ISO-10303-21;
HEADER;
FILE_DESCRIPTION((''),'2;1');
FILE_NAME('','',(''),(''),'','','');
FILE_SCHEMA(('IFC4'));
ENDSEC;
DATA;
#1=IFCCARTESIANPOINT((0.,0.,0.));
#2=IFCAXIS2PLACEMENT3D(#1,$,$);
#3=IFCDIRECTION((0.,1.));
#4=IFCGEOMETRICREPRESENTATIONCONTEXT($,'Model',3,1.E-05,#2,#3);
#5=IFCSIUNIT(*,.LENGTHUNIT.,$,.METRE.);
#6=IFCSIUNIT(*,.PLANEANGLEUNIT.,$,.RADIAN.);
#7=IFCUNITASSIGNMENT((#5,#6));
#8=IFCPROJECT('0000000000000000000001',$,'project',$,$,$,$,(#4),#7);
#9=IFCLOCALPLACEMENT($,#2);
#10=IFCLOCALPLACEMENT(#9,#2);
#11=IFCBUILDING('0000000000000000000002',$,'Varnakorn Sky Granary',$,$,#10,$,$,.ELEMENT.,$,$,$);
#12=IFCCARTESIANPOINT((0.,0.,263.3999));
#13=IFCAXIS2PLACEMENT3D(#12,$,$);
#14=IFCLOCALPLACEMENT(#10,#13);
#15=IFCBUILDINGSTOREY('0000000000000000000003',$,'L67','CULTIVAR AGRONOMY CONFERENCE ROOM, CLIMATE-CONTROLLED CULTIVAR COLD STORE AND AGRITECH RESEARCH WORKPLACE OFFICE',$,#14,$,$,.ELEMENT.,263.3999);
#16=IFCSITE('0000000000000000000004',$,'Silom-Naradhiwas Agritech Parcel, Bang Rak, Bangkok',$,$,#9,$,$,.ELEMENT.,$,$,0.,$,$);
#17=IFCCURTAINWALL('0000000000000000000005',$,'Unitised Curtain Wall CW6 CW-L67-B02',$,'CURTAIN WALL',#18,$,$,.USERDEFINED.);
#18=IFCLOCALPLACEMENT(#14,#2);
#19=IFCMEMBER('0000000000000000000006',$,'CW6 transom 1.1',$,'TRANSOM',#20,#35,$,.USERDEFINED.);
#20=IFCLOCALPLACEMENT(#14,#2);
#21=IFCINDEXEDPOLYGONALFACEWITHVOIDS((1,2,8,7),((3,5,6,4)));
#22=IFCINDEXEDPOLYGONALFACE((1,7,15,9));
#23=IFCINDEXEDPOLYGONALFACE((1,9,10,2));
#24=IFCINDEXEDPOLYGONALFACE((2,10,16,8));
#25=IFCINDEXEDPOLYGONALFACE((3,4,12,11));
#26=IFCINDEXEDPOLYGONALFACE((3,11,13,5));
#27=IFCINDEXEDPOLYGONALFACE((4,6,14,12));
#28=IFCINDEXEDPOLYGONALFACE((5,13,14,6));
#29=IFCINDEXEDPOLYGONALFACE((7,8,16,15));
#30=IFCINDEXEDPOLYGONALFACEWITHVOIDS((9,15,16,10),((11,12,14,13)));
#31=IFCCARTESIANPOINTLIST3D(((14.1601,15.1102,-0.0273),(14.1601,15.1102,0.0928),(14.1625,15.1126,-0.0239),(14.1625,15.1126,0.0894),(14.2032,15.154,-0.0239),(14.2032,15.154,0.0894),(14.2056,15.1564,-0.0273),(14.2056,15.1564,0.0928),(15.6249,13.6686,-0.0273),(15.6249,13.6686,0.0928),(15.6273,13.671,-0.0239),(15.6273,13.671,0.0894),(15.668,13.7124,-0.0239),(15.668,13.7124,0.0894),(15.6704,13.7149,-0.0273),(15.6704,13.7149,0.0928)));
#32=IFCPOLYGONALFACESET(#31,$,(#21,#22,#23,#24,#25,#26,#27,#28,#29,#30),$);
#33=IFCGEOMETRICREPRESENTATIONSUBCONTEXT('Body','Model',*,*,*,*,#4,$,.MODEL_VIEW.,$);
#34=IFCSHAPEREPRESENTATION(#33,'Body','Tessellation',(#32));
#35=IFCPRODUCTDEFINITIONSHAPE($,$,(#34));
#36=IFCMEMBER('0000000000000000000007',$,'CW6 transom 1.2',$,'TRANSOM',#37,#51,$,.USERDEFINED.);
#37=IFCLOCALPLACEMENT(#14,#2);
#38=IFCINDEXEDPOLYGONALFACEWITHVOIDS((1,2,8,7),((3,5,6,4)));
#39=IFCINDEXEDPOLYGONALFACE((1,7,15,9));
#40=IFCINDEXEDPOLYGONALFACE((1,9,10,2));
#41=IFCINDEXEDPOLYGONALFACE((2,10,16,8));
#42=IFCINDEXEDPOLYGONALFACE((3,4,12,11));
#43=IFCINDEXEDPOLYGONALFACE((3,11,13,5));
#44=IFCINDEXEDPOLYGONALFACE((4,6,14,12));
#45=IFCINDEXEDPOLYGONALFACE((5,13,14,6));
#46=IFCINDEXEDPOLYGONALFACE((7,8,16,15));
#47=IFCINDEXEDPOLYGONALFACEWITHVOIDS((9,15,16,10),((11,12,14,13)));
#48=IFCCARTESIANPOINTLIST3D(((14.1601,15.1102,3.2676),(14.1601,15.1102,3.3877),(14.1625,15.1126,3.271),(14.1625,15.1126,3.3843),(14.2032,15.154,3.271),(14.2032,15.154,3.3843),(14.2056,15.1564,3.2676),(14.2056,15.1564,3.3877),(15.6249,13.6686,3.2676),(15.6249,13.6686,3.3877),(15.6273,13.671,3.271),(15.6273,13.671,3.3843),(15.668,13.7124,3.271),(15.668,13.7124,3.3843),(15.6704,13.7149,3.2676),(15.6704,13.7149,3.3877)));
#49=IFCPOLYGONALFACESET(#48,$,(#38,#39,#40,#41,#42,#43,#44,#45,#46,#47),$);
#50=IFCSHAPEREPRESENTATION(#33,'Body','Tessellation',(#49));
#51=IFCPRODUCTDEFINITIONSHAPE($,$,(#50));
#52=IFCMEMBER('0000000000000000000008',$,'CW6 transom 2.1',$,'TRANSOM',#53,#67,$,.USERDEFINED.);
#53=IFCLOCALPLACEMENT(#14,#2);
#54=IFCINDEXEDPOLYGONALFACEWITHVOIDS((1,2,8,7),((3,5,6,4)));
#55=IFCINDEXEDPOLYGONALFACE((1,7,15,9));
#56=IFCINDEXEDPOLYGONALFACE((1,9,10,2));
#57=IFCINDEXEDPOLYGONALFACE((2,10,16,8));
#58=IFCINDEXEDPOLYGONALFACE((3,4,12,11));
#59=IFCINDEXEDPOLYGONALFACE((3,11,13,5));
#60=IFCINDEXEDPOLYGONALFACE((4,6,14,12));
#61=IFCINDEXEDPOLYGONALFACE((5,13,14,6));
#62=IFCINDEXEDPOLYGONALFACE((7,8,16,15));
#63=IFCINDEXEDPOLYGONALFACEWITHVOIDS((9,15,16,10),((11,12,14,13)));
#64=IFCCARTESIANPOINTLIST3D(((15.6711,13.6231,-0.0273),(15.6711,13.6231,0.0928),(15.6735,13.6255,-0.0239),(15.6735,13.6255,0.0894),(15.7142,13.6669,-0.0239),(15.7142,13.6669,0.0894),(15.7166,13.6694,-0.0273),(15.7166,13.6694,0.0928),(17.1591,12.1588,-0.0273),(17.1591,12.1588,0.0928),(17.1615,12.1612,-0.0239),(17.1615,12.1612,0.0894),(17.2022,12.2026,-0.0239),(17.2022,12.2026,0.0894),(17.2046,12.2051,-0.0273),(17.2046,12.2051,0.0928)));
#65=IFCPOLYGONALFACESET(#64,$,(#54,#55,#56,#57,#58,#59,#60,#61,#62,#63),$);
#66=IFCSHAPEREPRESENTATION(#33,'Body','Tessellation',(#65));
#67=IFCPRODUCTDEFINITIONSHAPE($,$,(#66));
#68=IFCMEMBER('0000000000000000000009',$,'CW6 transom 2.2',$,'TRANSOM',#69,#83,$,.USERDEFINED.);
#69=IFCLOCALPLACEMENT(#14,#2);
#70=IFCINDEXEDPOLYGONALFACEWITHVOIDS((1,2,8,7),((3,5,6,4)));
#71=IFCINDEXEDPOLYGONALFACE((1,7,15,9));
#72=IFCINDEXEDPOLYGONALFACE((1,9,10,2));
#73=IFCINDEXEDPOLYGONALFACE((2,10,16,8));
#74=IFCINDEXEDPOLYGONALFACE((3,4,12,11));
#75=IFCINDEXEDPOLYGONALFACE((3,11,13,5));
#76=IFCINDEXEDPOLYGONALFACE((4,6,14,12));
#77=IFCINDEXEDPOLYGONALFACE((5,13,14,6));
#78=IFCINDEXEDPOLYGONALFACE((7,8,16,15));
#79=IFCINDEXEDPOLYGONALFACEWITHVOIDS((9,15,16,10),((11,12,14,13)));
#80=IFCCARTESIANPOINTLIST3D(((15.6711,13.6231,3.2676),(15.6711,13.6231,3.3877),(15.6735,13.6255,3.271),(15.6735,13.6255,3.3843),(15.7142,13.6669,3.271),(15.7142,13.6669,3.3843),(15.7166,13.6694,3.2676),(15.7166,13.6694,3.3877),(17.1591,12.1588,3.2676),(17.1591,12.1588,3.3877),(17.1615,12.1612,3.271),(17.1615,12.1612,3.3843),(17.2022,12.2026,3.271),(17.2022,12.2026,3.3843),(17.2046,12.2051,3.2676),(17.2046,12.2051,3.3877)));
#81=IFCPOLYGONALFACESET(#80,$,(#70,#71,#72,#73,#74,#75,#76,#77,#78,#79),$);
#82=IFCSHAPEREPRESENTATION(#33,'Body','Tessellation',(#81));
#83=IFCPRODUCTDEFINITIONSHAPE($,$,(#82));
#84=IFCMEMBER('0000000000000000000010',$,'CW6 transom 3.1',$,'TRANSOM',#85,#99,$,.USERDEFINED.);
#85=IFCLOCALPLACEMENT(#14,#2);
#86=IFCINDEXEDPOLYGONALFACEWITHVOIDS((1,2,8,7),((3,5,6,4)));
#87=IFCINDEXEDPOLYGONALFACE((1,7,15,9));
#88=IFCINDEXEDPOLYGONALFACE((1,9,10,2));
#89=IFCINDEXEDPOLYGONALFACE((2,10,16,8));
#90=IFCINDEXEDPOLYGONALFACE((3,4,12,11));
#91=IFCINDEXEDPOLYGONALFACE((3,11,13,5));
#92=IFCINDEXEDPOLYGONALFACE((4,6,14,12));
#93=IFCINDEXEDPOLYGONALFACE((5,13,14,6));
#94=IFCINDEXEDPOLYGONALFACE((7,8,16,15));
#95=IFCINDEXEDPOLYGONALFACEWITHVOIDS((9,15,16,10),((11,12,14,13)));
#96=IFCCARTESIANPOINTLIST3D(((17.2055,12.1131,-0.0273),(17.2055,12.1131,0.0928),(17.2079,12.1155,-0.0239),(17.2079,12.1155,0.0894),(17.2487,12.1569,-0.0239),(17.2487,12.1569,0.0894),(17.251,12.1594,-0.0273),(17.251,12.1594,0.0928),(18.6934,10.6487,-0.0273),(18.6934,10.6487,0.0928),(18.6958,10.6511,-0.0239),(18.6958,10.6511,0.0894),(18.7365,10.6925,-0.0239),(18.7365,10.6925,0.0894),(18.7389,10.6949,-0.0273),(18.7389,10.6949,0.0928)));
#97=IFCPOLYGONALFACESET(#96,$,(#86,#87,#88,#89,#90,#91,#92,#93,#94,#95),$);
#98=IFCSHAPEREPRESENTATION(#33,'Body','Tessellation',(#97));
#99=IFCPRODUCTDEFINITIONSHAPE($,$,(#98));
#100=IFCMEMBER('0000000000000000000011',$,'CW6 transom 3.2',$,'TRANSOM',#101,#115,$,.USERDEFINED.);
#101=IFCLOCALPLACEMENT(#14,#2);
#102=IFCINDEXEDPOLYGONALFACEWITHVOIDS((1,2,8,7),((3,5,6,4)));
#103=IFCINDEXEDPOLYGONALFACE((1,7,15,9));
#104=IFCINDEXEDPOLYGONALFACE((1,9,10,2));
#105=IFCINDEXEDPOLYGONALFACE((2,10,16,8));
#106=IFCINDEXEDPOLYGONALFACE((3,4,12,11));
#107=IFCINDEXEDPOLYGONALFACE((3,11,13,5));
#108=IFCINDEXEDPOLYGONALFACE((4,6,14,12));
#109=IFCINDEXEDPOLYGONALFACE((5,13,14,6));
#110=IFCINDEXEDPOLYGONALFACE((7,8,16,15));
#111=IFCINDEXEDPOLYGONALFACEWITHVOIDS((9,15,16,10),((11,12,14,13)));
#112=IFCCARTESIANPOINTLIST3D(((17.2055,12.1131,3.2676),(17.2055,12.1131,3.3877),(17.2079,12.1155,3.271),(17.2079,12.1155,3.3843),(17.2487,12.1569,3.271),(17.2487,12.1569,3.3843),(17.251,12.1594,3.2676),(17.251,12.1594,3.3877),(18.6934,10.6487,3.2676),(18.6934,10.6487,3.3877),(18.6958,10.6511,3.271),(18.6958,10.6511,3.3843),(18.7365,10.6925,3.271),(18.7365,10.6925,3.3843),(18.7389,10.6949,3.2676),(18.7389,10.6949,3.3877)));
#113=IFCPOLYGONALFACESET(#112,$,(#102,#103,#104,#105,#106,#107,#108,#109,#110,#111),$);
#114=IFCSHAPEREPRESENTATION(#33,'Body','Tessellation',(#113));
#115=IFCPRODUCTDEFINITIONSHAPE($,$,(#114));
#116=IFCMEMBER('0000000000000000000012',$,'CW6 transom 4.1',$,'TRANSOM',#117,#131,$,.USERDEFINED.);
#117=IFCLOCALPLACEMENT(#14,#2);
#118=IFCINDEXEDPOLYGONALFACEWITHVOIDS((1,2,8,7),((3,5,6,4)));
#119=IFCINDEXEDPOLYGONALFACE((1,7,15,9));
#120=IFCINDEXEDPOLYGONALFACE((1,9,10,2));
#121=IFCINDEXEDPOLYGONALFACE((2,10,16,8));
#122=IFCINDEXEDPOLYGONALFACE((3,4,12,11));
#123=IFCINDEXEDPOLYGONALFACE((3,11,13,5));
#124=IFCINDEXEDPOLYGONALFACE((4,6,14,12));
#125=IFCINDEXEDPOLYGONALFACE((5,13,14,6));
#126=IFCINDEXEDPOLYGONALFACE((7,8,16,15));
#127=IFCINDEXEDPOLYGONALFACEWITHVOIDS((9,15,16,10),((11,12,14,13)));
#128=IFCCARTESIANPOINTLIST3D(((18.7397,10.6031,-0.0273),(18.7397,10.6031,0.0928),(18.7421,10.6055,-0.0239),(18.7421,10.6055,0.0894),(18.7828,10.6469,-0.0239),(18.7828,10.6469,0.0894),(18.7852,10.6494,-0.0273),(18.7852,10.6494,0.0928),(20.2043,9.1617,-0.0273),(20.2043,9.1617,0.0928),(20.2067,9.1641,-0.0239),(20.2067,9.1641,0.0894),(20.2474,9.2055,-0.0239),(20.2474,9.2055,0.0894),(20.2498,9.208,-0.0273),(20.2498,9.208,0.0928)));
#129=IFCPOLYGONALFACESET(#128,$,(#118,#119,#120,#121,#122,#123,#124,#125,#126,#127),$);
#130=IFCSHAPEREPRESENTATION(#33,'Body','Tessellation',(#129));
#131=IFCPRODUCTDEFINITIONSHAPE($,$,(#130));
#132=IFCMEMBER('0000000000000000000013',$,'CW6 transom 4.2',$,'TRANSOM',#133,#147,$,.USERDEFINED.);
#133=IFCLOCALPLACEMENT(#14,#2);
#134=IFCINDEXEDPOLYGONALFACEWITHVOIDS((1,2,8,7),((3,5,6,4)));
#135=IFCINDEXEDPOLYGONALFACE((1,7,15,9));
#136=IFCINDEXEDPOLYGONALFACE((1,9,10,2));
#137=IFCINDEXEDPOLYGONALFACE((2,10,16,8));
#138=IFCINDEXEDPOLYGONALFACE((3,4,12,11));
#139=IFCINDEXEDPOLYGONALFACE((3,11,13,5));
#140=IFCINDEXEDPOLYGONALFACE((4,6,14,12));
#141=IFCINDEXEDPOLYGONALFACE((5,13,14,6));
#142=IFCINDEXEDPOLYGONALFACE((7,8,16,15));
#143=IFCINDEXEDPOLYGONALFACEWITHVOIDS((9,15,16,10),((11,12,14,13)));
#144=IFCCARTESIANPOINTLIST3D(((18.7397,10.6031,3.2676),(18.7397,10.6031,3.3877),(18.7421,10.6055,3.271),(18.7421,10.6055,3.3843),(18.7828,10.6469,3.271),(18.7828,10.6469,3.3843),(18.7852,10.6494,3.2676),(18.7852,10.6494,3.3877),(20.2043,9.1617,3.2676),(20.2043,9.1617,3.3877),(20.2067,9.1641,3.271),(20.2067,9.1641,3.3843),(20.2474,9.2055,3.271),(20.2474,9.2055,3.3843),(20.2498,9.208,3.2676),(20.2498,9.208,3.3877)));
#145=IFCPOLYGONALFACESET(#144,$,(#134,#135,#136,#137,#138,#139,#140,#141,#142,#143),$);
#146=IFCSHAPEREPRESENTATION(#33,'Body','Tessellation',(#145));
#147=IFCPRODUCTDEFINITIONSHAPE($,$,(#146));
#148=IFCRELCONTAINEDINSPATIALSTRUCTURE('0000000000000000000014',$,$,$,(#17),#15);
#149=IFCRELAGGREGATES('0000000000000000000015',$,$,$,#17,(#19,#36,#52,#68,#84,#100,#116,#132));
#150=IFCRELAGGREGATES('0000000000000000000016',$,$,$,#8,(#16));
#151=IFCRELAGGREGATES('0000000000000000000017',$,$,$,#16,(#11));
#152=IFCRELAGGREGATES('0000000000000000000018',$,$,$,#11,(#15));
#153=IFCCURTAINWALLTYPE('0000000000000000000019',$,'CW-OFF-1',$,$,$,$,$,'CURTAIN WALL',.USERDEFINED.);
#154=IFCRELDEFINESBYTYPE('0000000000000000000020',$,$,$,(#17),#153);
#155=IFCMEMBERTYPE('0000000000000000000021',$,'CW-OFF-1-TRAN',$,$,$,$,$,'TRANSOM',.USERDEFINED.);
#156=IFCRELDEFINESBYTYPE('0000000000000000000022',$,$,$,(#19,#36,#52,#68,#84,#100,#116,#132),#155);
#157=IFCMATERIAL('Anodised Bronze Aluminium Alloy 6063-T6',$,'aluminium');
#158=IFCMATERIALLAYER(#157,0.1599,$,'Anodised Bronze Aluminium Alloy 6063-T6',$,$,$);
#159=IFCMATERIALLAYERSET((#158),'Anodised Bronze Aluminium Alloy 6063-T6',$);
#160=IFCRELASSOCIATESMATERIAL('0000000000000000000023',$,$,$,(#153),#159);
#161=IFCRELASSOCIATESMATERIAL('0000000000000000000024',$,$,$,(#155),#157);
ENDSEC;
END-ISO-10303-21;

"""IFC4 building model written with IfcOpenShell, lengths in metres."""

from ifc_helpers import new_model, si_unit, direction, frame, origin, origin_2d, place, context, subcontext, project, spatial, hollow_rectangle, extrude, material, layer, layer_set, material_profile, profile_set, type_object, element, aggregate, save


model = new_model("IFC4")

# Units and contexts
model_context = context("Model", 3, precision=1e-05, world=origin(), true_north=direction((0.0, 1.0)))
body_context = subcontext(model_context, "Body", "Model", "MODEL_VIEW")
ifc_project = project(units=[si_unit("LENGTHUNIT", "METRE"), si_unit("PLANEANGLEUNIT", "RADIAN")], contexts=[model_context])

# Site, building, storey
site_placement = place(None, origin())
site = spatial("IfcSite", under=ifc_project, at=site_placement, Name="Silom-Naradhiwas Agritech Parcel, Bang Rak, Bangkok", CompositionType="ELEMENT", RefElevation=0.0)
building_placement = place(site_placement, origin())
building = spatial("IfcBuilding", under=site, at=building_placement, Name="Varnakorn Sky Granary", CompositionType="ELEMENT")
storey_placement = place(building_placement, frame((0.0, 0.0, 263.3999)))
storey = spatial("IfcBuildingStorey", under=building, at=storey_placement, Name="L67", Description="CULTIVAR AGRONOMY CONFERENCE ROOM, CLIMATE-CONTROLLED CULTIVAR COLD STORE AND AGRITECH RESEARCH WORKPLACE OFFICE", CompositionType="ELEMENT", Elevation=263.3999)

# Curtain wall, members
ifc_material_1 = material(Name="Anodised Bronze Aluminium Alloy 6063-T6", Category="aluminium")
ifc_layer_1 = layer(ifc_material_1, 0.1599, Name="Anodised Bronze Aluminium Alloy 6063-T6")
ifc_layer_set_1 = layer_set([ifc_layer_1], Name="Anodised Bronze Aluminium Alloy 6063-T6")
curtain_wall_type = type_object("IfcCurtainWallType", Name="CW-OFF-1", ElementType="CURTAIN WALL", PredefinedType="USERDEFINED", material=ifc_layer_set_1)
curtain_wall_placement = place(storey_placement, origin())
curtain_wall = element("IfcCurtainWall", 1, at=curtain_wall_placement, inside=storey, type_object=curtain_wall_type, Name="Unitised Curtain Wall CW6 CW-L67-B02", ObjectType="CURTAIN WALL", PredefinedType="USERDEFINED")
ifc_material_profile_1 = material_profile(ifc_material_1, hollow_rectangle(XDim=0.0649, YDim=0.1201, WallThickness=0.0034, at=origin_2d()), Name="ALU TRAN 65x120")
ifc_profile_set_1 = profile_set([ifc_material_profile_1], Name="Anodised Bronze Aluminium Alloy 6063-T6")
member_type_1 = type_object("IfcMemberType", Name="CW-OFF-1-TRAN", ElementType="TRANSOM", PredefinedType="USERDEFINED", material=ifc_profile_set_1)
member_1_placement = place(storey_placement, frame((14.1829, 15.1333, 0.0327), z_axis=(0.712727, -0.701442, 0.0), x_axis=(0.701442, 0.712727, 0.0)))
member_1 = element("IfcMember", 2, at=member_1_placement, type_object=member_type_1, Name="CW6 transom 1.1", ObjectType="TRANSOM", PredefinedType="USERDEFINED", context=body_context, shape_type="SweptSolid", body=[
    extrude(hollow_rectangle(XDim=0.0649, YDim=0.1201, WallThickness=0.0034, at=origin_2d()), origin(), (0.0, 0.0, 1.0), 2.0552),
])
member_2_placement = place(storey_placement, frame((14.1829, 15.1333, 3.3276), z_axis=(0.712727, -0.701442, 0.0), x_axis=(0.701442, 0.712727, 0.0)))
member_2 = element("IfcMember", 3, at=member_2_placement, type_object=member_type_1, Name="CW6 transom 1.2", ObjectType="TRANSOM", PredefinedType="USERDEFINED", context=body_context, shape_type="SweptSolid", body=[
    extrude(hollow_rectangle(XDim=0.0649, YDim=0.1201, WallThickness=0.0034, at=origin_2d()), origin(), (0.0, 0.0, 1.0), 2.0552),
])
member_3_placement = place(storey_placement, frame((15.6938, 13.6462, 0.0327), z_axis=(0.712756, -0.701412, 0.0), x_axis=(0.701412, 0.712756, 0.0)))
member_3 = element("IfcMember", 4, at=member_3_placement, type_object=member_type_1, Name="CW6 transom 2.1", ObjectType="TRANSOM", PredefinedType="USERDEFINED", context=body_context, shape_type="SweptSolid", body=[
    extrude(hollow_rectangle(XDim=0.0649, YDim=0.1201, WallThickness=0.0034, at=origin_2d()), origin(), (0.0, 0.0, 1.0), 2.0876),
])
member_4_placement = place(storey_placement, frame((15.6938, 13.6462, 3.3276), z_axis=(0.712756, -0.701412, 0.0), x_axis=(0.701412, 0.712756, 0.0)))
member_4 = element("IfcMember", 5, at=member_4_placement, type_object=member_type_1, Name="CW6 transom 2.2", ObjectType="TRANSOM", PredefinedType="USERDEFINED", context=body_context, shape_type="SweptSolid", body=[
    extrude(hollow_rectangle(XDim=0.0649, YDim=0.1201, WallThickness=0.0034, at=origin_2d()), origin(), (0.0, 0.0, 1.0), 2.0876),
])
member_5_placement = place(storey_placement, frame((17.2283, 12.1362, 0.0327), z_axis=(0.712698, -0.701471, 0.0), x_axis=(0.701471, 0.712698, 0.0)))
member_5 = element("IfcMember", 6, at=member_5_placement, type_object=member_type_1, Name="CW6 transom 3.1", ObjectType="TRANSOM", PredefinedType="USERDEFINED", context=body_context, shape_type="SweptSolid", body=[
    extrude(hollow_rectangle(XDim=0.0649, YDim=0.1201, WallThickness=0.0034, at=origin_2d()), origin(), (0.0, 0.0, 1.0), 2.0876),
])
member_6_placement = place(storey_placement, frame((17.2283, 12.1362, 3.3276), z_axis=(0.712698, -0.701471, 0.0), x_axis=(0.701471, 0.712698, 0.0)))
member_6 = element("IfcMember", 7, at=member_6_placement, type_object=member_type_1, Name="CW6 transom 3.2", ObjectType="TRANSOM", PredefinedType="USERDEFINED", context=body_context, shape_type="SweptSolid", body=[
    extrude(hollow_rectangle(XDim=0.0649, YDim=0.1201, WallThickness=0.0034, at=origin_2d()), origin(), (0.0, 0.0, 1.0), 2.0876),
])
member_7_placement = place(storey_placement, frame((18.7625, 10.6262, 0.0327), z_axis=(0.712728, -0.701441, 0.0), x_axis=(0.701441, 0.712728, 0.0)))
member_7 = element("IfcMember", 8, at=member_7_placement, type_object=member_type_1, Name="CW6 transom 4.1", ObjectType="TRANSOM", PredefinedType="USERDEFINED", context=body_context, shape_type="SweptSolid", body=[
    extrude(hollow_rectangle(XDim=0.0649, YDim=0.1201, WallThickness=0.0034, at=origin_2d()), origin(), (0.0, 0.0, 1.0), 2.0549),
])
member_8_placement = place(storey_placement, frame((18.7625, 10.6262, 3.3276), z_axis=(0.712728, -0.701441, 0.0), x_axis=(0.701441, 0.712728, 0.0)))
member_8 = element("IfcMember", 9, at=member_8_placement, type_object=member_type_1, Name="CW6 transom 4.2", ObjectType="TRANSOM", PredefinedType="USERDEFINED", context=body_context, shape_type="SweptSolid", body=[
    extrude(hollow_rectangle(XDim=0.0649, YDim=0.1201, WallThickness=0.0034, at=origin_2d()), origin(), (0.0, 0.0, 1.0), 2.0549),
])

aggregate(curtain_wall, [member_1, member_2, member_3, member_4, member_5, member_6, member_7, member_8])

save(model, "model.ifc")
